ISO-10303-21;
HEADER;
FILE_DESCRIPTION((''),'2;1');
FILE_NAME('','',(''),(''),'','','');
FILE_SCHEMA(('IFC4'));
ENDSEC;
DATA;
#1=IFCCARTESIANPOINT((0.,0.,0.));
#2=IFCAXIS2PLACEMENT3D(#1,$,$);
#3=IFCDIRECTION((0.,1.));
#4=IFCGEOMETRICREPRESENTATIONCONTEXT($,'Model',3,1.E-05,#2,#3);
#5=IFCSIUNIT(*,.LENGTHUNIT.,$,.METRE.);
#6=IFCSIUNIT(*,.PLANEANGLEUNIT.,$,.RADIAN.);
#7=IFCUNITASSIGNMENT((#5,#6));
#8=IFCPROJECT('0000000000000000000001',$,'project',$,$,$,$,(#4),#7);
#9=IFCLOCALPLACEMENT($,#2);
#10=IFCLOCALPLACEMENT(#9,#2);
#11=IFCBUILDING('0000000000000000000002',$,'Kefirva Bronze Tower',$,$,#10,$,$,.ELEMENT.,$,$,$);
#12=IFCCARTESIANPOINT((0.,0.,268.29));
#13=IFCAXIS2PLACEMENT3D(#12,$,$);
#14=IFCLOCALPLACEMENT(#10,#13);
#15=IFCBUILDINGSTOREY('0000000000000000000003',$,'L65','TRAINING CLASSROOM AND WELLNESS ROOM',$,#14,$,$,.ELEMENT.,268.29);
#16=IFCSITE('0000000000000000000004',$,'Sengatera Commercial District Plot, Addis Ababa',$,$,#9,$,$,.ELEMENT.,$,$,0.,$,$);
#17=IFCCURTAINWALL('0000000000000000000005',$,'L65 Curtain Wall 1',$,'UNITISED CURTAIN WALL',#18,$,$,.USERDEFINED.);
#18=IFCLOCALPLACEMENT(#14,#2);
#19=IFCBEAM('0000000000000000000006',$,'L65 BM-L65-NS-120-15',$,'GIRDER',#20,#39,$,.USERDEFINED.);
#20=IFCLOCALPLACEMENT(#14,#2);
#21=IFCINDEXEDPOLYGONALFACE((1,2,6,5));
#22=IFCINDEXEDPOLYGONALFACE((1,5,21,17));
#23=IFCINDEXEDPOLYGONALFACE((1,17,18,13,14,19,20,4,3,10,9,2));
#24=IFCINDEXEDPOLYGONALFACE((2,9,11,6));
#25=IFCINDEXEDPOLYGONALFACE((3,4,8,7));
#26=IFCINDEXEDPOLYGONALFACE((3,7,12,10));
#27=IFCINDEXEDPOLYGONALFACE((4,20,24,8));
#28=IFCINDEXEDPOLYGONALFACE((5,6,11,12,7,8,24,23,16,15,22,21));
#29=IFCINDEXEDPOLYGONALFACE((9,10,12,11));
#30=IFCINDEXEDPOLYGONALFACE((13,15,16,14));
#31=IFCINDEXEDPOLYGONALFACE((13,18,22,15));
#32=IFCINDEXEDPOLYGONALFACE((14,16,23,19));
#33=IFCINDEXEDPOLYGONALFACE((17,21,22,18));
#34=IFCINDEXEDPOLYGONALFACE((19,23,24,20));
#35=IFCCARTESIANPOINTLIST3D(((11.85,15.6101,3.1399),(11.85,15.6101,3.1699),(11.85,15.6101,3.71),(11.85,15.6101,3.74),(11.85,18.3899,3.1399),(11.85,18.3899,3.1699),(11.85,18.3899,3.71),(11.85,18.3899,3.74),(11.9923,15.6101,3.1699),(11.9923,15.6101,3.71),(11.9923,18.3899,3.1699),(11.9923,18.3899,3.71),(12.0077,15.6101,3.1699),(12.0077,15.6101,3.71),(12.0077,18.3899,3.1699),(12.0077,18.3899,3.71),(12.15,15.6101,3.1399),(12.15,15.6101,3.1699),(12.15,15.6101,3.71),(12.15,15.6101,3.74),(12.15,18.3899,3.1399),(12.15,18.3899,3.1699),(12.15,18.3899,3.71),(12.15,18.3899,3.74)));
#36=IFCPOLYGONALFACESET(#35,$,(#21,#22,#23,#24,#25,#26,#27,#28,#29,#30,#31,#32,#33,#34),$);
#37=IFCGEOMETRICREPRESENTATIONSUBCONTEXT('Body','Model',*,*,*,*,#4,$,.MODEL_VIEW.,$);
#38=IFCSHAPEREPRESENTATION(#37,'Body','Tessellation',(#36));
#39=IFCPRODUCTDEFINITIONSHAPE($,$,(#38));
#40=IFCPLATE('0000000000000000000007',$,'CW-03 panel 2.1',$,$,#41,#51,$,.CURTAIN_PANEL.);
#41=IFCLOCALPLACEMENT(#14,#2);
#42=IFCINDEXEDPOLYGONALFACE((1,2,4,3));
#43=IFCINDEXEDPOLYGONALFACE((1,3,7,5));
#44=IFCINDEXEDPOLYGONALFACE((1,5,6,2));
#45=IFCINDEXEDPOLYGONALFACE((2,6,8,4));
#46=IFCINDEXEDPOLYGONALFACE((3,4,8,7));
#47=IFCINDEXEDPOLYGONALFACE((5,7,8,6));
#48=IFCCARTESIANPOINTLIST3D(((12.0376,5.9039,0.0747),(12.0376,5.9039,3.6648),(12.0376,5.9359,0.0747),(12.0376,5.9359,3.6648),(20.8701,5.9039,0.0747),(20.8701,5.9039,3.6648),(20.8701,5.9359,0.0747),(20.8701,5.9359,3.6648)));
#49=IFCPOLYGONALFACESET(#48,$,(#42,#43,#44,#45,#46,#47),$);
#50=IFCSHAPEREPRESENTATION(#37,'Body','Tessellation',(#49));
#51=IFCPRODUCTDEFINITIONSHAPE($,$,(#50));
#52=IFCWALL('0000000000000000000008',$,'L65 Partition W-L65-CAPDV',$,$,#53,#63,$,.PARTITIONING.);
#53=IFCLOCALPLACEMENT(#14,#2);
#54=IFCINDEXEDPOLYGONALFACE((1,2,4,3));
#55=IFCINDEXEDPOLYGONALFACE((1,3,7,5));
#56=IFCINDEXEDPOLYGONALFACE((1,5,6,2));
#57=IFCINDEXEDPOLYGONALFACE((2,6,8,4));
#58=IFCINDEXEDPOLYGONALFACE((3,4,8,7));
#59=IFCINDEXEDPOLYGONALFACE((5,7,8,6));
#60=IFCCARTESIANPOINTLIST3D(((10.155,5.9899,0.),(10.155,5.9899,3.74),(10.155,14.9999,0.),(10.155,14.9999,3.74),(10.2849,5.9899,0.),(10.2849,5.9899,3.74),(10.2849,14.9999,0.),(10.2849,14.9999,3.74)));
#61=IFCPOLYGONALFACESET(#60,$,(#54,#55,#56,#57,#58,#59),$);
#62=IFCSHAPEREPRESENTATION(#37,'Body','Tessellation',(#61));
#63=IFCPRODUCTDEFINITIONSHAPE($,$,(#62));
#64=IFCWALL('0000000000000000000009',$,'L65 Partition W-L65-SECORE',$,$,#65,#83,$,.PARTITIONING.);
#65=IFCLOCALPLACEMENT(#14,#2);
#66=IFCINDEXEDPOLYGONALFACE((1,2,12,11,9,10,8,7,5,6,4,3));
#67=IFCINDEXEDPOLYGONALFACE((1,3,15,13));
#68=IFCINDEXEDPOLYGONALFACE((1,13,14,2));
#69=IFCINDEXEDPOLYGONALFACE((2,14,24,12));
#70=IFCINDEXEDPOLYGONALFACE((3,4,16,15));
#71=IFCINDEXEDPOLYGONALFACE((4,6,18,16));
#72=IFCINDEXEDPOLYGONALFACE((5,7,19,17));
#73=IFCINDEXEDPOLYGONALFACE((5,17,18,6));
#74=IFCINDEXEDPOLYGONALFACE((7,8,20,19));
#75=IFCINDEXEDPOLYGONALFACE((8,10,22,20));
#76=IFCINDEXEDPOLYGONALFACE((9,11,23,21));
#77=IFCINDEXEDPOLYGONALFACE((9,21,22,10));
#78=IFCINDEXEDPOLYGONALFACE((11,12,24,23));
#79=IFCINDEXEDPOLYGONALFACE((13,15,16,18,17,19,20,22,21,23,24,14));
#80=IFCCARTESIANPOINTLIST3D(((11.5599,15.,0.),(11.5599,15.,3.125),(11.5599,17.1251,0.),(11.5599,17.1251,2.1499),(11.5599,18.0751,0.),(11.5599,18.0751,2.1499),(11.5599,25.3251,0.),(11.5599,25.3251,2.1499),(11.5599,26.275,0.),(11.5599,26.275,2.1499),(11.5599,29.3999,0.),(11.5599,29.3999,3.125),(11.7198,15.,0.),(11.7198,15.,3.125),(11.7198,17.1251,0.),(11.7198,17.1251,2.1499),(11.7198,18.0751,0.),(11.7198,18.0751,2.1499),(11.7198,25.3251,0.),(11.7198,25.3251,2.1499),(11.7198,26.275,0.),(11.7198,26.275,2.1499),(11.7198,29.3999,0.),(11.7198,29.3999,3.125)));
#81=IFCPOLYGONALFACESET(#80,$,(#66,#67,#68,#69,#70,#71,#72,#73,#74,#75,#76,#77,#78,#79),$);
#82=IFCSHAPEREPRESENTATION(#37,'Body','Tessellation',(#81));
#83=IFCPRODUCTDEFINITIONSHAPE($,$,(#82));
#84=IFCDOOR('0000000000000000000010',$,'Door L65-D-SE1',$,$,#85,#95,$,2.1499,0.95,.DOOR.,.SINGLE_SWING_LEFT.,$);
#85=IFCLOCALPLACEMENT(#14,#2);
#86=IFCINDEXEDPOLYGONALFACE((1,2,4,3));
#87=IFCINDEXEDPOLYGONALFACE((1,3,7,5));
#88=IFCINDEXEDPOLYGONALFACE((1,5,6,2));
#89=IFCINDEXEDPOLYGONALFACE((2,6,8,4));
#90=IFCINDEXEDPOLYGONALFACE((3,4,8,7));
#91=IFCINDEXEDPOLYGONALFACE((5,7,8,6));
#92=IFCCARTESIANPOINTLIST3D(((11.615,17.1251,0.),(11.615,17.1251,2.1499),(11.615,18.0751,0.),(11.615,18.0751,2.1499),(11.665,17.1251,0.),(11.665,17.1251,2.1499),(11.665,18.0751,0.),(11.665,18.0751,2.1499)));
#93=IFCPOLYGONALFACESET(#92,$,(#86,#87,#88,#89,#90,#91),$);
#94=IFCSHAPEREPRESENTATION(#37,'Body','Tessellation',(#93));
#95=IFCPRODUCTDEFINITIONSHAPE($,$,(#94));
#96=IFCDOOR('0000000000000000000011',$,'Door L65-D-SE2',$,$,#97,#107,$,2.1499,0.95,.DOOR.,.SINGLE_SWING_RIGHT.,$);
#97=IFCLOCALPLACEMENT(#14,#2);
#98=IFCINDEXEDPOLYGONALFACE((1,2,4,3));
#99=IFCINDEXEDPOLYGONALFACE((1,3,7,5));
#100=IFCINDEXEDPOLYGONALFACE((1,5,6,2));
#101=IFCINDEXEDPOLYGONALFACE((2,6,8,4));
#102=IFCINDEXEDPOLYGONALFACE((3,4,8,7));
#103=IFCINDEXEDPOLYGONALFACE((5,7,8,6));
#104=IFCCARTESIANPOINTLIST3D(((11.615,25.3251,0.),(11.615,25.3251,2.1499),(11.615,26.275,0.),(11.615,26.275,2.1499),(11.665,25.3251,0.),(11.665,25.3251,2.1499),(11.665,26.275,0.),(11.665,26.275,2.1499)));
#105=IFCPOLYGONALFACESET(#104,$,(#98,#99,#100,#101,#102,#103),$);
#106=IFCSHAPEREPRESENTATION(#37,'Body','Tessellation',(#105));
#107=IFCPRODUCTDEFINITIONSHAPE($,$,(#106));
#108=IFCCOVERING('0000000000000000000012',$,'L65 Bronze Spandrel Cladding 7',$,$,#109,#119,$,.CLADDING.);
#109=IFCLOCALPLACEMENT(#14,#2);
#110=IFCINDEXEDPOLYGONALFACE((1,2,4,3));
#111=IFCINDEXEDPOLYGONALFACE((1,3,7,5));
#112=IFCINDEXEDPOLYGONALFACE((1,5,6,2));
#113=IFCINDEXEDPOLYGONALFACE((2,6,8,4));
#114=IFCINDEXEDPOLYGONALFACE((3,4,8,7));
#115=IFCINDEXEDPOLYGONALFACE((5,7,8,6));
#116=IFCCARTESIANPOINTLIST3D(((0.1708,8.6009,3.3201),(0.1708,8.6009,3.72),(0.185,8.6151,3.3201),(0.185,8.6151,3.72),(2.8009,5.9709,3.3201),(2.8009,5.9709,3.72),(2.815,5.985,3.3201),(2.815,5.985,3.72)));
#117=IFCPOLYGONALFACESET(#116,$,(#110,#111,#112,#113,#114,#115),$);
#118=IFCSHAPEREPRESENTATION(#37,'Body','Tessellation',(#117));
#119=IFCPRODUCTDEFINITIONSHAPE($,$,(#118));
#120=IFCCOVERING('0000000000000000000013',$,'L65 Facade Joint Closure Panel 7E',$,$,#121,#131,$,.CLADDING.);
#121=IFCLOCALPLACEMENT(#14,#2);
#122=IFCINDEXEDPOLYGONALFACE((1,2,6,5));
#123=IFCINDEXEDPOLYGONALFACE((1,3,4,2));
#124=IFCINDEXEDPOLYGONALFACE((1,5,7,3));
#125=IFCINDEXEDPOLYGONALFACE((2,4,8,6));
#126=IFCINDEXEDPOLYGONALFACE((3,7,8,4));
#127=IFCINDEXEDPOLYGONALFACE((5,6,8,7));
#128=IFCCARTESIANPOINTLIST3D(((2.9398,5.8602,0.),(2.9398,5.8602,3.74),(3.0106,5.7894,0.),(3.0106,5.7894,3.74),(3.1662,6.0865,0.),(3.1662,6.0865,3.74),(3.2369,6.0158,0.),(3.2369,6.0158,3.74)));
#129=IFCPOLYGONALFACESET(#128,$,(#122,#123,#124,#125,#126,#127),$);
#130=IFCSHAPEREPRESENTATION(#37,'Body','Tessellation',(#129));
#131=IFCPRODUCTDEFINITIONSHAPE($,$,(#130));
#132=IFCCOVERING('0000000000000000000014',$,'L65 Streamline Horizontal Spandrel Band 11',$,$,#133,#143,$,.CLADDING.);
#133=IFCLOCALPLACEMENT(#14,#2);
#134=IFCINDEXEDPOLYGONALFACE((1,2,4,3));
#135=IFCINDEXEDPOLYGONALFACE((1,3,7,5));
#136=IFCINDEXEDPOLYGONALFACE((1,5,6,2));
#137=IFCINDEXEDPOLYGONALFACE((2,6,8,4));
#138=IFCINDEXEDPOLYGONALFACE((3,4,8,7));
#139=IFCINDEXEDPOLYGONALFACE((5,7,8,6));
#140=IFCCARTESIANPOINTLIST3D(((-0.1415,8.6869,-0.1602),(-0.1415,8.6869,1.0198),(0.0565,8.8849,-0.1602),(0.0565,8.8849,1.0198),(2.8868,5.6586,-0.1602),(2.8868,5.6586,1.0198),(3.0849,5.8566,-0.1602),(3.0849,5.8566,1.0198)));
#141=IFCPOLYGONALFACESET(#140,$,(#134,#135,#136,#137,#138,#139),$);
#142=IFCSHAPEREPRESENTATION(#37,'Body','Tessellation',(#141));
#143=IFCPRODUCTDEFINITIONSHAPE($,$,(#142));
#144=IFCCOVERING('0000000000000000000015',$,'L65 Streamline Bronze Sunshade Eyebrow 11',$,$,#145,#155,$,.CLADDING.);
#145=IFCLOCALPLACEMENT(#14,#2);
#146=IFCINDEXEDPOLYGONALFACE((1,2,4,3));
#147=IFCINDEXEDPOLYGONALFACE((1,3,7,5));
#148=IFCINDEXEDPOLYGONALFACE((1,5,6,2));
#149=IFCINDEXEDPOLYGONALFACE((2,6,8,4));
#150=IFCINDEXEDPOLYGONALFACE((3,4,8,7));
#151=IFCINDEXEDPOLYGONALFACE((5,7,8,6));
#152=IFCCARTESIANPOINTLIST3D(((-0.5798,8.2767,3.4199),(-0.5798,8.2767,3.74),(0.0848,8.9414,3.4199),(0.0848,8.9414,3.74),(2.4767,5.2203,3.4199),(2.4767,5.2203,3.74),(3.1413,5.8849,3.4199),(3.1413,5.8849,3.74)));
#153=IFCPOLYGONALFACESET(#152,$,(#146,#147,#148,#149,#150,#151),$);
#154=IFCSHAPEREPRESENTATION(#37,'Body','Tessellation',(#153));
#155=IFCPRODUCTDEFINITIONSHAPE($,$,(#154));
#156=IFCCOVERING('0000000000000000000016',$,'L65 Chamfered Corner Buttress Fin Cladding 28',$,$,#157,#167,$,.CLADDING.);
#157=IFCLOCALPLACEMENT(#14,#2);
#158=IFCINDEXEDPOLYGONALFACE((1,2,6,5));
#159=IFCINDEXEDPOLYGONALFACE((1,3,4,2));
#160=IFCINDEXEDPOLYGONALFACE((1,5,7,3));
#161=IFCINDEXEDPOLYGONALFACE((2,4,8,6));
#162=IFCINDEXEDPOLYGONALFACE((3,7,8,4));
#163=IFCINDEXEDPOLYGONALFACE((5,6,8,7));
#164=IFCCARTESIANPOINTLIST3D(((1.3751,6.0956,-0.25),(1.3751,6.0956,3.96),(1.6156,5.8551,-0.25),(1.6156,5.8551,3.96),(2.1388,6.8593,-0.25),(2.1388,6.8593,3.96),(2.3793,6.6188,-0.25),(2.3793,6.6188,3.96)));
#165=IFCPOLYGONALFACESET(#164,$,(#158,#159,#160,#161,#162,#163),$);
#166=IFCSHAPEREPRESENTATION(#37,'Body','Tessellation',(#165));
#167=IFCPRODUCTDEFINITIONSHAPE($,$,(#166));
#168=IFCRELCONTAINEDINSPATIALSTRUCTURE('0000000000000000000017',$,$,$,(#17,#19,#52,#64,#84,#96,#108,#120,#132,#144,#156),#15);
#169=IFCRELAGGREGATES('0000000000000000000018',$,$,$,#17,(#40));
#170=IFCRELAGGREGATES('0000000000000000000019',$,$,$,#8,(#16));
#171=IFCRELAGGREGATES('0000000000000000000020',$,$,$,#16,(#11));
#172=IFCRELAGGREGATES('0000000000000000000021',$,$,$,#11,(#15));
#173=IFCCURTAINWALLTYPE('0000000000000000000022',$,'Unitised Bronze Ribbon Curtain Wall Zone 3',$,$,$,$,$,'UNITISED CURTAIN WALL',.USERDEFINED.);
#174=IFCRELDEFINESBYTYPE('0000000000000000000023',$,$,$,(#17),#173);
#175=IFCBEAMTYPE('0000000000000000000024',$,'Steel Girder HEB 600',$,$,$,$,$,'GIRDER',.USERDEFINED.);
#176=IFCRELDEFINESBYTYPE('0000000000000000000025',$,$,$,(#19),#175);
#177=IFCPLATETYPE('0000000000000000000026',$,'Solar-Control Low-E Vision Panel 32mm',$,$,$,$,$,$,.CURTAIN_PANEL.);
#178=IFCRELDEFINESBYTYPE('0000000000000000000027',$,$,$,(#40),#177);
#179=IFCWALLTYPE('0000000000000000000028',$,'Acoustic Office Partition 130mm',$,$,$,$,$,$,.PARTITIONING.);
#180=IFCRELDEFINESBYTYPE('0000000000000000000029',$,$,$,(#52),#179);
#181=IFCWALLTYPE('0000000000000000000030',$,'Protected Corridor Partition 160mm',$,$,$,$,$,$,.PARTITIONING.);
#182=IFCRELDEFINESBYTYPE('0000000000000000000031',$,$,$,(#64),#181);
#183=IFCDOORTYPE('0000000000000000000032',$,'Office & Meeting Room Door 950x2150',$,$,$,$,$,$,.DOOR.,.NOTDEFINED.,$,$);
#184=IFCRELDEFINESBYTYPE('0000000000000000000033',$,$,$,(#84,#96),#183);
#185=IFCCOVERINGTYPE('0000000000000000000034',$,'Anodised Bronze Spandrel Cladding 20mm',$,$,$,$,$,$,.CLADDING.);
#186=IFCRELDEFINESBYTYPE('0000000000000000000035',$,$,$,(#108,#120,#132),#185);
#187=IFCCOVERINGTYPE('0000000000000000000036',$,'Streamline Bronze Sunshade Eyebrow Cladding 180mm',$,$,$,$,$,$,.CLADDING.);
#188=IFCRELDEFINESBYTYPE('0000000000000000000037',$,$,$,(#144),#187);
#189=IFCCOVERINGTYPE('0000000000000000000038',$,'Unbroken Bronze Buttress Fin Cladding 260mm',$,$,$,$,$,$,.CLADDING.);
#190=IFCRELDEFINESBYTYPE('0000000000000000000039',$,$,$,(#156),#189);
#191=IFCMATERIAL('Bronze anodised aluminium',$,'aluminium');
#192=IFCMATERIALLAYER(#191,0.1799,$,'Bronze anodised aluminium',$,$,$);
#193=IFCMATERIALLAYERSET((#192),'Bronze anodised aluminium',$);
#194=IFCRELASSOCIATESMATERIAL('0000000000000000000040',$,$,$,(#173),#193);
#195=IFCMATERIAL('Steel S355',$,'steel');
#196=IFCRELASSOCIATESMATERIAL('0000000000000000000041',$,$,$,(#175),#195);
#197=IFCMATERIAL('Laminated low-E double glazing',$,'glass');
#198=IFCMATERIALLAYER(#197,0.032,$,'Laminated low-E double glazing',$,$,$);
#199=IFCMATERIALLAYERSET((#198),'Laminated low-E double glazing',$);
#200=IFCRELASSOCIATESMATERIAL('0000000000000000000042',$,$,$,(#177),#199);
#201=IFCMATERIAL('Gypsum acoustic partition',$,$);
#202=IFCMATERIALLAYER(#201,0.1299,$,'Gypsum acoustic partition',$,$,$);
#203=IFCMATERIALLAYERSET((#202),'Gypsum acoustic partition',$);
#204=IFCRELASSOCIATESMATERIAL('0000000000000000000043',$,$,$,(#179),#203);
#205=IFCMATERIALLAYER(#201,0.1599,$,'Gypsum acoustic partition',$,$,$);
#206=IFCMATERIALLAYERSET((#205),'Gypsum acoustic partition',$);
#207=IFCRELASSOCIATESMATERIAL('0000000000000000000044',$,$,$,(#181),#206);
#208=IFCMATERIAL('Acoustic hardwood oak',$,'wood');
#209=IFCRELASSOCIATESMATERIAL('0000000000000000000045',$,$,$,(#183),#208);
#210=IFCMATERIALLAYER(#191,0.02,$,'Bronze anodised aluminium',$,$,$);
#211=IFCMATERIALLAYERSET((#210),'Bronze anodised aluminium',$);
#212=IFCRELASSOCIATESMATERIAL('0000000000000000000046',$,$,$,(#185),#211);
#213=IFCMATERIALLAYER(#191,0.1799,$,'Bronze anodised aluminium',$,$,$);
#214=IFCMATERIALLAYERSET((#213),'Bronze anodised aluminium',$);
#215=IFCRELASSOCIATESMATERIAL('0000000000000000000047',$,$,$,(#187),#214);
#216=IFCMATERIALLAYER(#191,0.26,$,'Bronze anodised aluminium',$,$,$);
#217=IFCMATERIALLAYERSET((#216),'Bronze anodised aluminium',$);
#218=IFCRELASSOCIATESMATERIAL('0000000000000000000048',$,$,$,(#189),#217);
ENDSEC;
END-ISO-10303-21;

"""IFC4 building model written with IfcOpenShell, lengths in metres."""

from ifc_helpers import new_model, si_unit, direction, frame, frame_2d, origin, origin_2d, place, context, subcontext, project, spatial, rectangle, i_section, extrude, material, layer, layer_set, material_profile, profile_set, type_object, element, fill, aggregate, save


model = new_model("IFC4")

# Units and contexts
model_context = context("Model", 3, precision=1e-05, world=origin(), true_north=direction((0.0, 1.0)))
body_context = subcontext(model_context, "Body", "Model", "MODEL_VIEW")
ifc_project = project(units=[si_unit("LENGTHUNIT", "METRE"), si_unit("PLANEANGLEUNIT", "RADIAN")], contexts=[model_context])

# Site, building, storey
site_placement = place(None, origin())
site = spatial("IfcSite", under=ifc_project, at=site_placement, Name="Sengatera Commercial District Plot, Addis Ababa", CompositionType="ELEMENT", RefElevation=0.0)
building_placement = place(site_placement, origin())
building = spatial("IfcBuilding", under=site, at=building_placement, Name="Kefirva Bronze Tower", CompositionType="ELEMENT")
storey_placement = place(building_placement, frame((0.0, 0.0, 268.29)))
storey = spatial("IfcBuildingStorey", under=building, at=storey_placement, Name="L65", Description="TRAINING CLASSROOM AND WELLNESS ROOM", CompositionType="ELEMENT", Elevation=268.29)

# Curtain wall
ifc_material_1 = material(Name="Bronze anodised aluminium", Category="aluminium")
ifc_layer_1 = layer(ifc_material_1, 0.1799, Name="Bronze anodised aluminium")
ifc_layer_set_1 = layer_set([ifc_layer_1], Name="Bronze anodised aluminium")
curtain_wall_type = type_object("IfcCurtainWallType", Name="Unitised Bronze Ribbon Curtain Wall Zone 3", ElementType="UNITISED CURTAIN WALL", PredefinedType="USERDEFINED", material=ifc_layer_set_1)
curtain_wall_placement = place(storey_placement, origin())
curtain_wall = element("IfcCurtainWall", 1, at=curtain_wall_placement, inside=storey, type_object=curtain_wall_type, Name="L65 Curtain Wall 1", ObjectType="UNITISED CURTAIN WALL", PredefinedType="USERDEFINED")

# Beam
ifc_material_2 = material(Name="Steel S355", Category="steel")
ifc_material_profile_1 = material_profile(ifc_material_2, i_section(OverallWidth=0.3, OverallDepth=0.6001, WebThickness=0.0154, FlangeThickness=0.03, at=origin_2d()), Name="HEB 600")
ifc_profile_set_1 = profile_set([ifc_material_profile_1], Name="Steel S355")
beam_type = type_object("IfcBeamType", Name="Steel Girder HEB 600", ElementType="GIRDER", PredefinedType="USERDEFINED", material=ifc_profile_set_1)
beam_1_placement = place(storey_placement, frame((12.0, 15.6101, 3.4399), z_axis=(0.0, 1.0, 0.0), x_axis=(-1.0, 0.0, 0.0)))
element("IfcBeam", 2, at=beam_1_placement, inside=storey, type_object=beam_type, Name="L65 BM-L65-NS-120-15", ObjectType="GIRDER", PredefinedType="USERDEFINED", context=body_context, shape_type="SweptSolid", body=[
    extrude(i_section(OverallWidth=0.3, OverallDepth=0.6001, WebThickness=0.0154, FlangeThickness=0.03, at=origin_2d()), origin(), (0.0, 0.0, 1.0), 2.7798),
])

# Plate
ifc_material_3 = material(Name="Laminated low-E double glazing", Category="glass")
ifc_layer_2 = layer(ifc_material_3, 0.032, Name="Laminated low-E double glazing")
ifc_layer_set_2 = layer_set([ifc_layer_2], Name="Laminated low-E double glazing")
plate_type = type_object("IfcPlateType", Name="Solar-Control Low-E Vision Panel 32mm", PredefinedType="CURTAIN_PANEL", material=ifc_layer_set_2)
plate_placement = place(storey_placement, frame((16.4539, 5.9199, 0.0747), z_axis=(0.0, 0.0, 1.0), x_axis=(1.0, 0.0, 0.0)))
plate = element("IfcPlate", 3, at=plate_placement, type_object=plate_type, Name="CW-03 panel 2.1", PredefinedType="CURTAIN_PANEL", context=body_context, shape_type="SweptSolid", body=[
    extrude(rectangle(XDim=8.8325, YDim=0.032, at=origin_2d()), origin(), (0.0, 0.0, 1.0), 3.5901),
])
aggregate(curtain_wall, [plate])

# Wall
ifc_material_4 = material(Name="Gypsum acoustic partition")
ifc_layer_3 = layer(ifc_material_4, 0.1299, Name="Gypsum acoustic partition")
ifc_layer_set_3 = layer_set([ifc_layer_3], Name="Gypsum acoustic partition")
wall_type_1 = type_object("IfcWallType", Name="Acoustic Office Partition 130mm", PredefinedType="PARTITIONING", material=ifc_layer_set_3)
wall_1_placement = place(storey_placement, frame((10.22, 5.99, 0.0), z_axis=(0.0, 0.0, 1.0), x_axis=(0.0, 1.0, 0.0)))
element("IfcWall", 4, at=wall_1_placement, inside=storey, type_object=wall_type_1, Name="L65 Partition W-L65-CAPDV", PredefinedType="PARTITIONING", context=body_context, shape_type="SweptSolid", body=[
    extrude(rectangle(XDim=9.01, YDim=0.1299, at=frame_2d((4.5049, 0.0))), origin(), (0.0, 0.0, 1.0), 3.74),
])

# Wall, openings, doors
ifc_layer_4 = layer(ifc_material_4, 0.1599, Name="Gypsum acoustic partition")
ifc_layer_set_4 = layer_set([ifc_layer_4], Name="Gypsum acoustic partition")
wall_type_2 = type_object("IfcWallType", Name="Protected Corridor Partition 160mm", PredefinedType="PARTITIONING", material=ifc_layer_set_4)
ifc_material_5 = material(Name="Acoustic hardwood oak", Category="wood")
door_type = type_object("IfcDoorType", Name="Office & Meeting Room Door 950x2150", OperationType="NOTDEFINED", PredefinedType="DOOR", material=ifc_material_5)
wall_2_placement = place(storey_placement, frame((11.6399, 15.0, 0.0), z_axis=(0.0, 0.0, 1.0), x_axis=(0.0, 1.0, 0.0)))
wall_2 = element("IfcWall", 5, at=wall_2_placement, inside=storey, type_object=wall_type_2, Name="L65 Partition W-L65-SECORE", PredefinedType="PARTITIONING", context=body_context, shape_type="SweptSolid", body=[
    extrude(rectangle(XDim=14.3999, YDim=0.1599, at=frame_2d((7.2, 0.0))), origin(), (0.0, 0.0, 1.0), 3.125),
])
opening_1_placement = place(wall_2_placement, frame((2.125, 0.0, 0.0)))
opening_1 = element("IfcOpeningElement", 6, at=opening_1_placement, cuts=wall_2, PredefinedType="OPENING", context=body_context, shape_type="SweptSolid", body=[
    extrude(rectangle(XDim=0.95, YDim=2.1499, at=frame_2d((0.4751, 1.075))), frame((0.0, 0.0898, 0.0), z_axis=(0.0, -1.0, 0.0), x_axis=(1.0, 0.0, 0.0)), (0.0, 0.0, 1.0), 0.1799),
])
opening_2_placement = place(wall_2_placement, frame((10.325, 0.0, 0.0)))
opening_2 = element("IfcOpeningElement", 7, at=opening_2_placement, cuts=wall_2, PredefinedType="OPENING", context=body_context, shape_type="SweptSolid", body=[
    extrude(rectangle(XDim=0.95, YDim=2.1499, at=frame_2d((0.4751, 1.075))), frame((0.0, 0.0898, 0.0), z_axis=(0.0, -1.0, 0.0), x_axis=(1.0, 0.0, 0.0)), (0.0, 0.0, 1.0), 0.1799),
])
door_1_placement = place(opening_1_placement, origin())
door_1 = element("IfcDoor", 8, at=door_1_placement, inside=storey, type_object=door_type, Name="Door L65-D-SE1", OperationType="SINGLE_SWING_LEFT", OverallHeight=2.1499, OverallWidth=0.95, PredefinedType="DOOR", context=body_context, shape_type="SweptSolid", body=[
    extrude(rectangle(XDim=0.95, YDim=2.1499, at=frame_2d((0.4751, 1.075))), frame((0.0, 0.0249, 0.0), z_axis=(0.0, -1.0, 0.0), x_axis=(1.0, 0.0, 0.0)), (0.0, 0.0, 1.0), 0.05),
])
fill(opening_1, door_1)
door_2_placement = place(opening_2_placement, origin())
door_2 = element("IfcDoor", 9, at=door_2_placement, inside=storey, type_object=door_type, Name="Door L65-D-SE2", OperationType="SINGLE_SWING_RIGHT", OverallHeight=2.1499, OverallWidth=0.95, PredefinedType="DOOR", context=body_context, shape_type="SweptSolid", body=[
    extrude(rectangle(XDim=0.95, YDim=2.1499, at=frame_2d((0.4751, 1.075))), frame((0.0, 0.0249, 0.0), z_axis=(0.0, -1.0, 0.0), x_axis=(1.0, 0.0, 0.0)), (0.0, 0.0, 1.0), 0.05),
])
fill(opening_2, door_2)

# Coverings
ifc_layer_5 = layer(ifc_material_1, 0.02, Name="Bronze anodised aluminium")
ifc_layer_set_5 = layer_set([ifc_layer_5], Name="Bronze anodised aluminium")
covering_type_1 = type_object("IfcCoveringType", Name="Anodised Bronze Spandrel Cladding 20mm", PredefinedType="CLADDING", material=ifc_layer_set_5)
covering_1_placement = place(storey_placement, frame((1.4929, 7.293, 3.3201), z_axis=(0.0, 0.0, 1.0), x_axis=(0.707107, -0.707107, 0.0)))
element("IfcCovering", 10, at=covering_1_placement, inside=storey, type_object=covering_type_1, Name="L65 Bronze Spandrel Cladding 7", PredefinedType="CLADDING", context=body_context, shape_type="SweptSolid", body=[
    extrude(rectangle(XDim=3.7195, YDim=0.02, at=origin_2d()), origin(), (0.0, 0.0, 1.0), 0.3999),
])
covering_2_placement = place(storey_placement, frame((3.0884, 5.938, 0.0), z_axis=(0.0, 0.0, 1.0), x_axis=(0.707107, -0.707107, 0.0)))
element("IfcCovering", 11, at=covering_2_placement, inside=storey, type_object=covering_type_1, Name="L65 Facade Joint Closure Panel 7E", PredefinedType="CLADDING", context=body_context, shape_type="SweptSolid", body=[
    extrude(rectangle(XDim=0.1001, YDim=0.3201, at=origin_2d()), origin(), (0.0, 0.0, 1.0), 3.74),
])
covering_3_placement = place(storey_placement, frame((1.4717, 7.2717, -0.1602), z_axis=(0.0, 0.0, 1.0), x_axis=(0.707107, -0.707107, 0.0)))
element("IfcCovering", 12, at=covering_3_placement, inside=storey, type_object=covering_type_1, Name="L65 Streamline Horizontal Spandrel Band 11", PredefinedType="CLADDING", context=body_context, shape_type="SweptSolid", body=[
    extrude(rectangle(XDim=4.2827, YDim=0.28, at=origin_2d()), origin(), (0.0, 0.0, 1.0), 1.1799),
])
ifc_layer_6 = layer(ifc_material_1, 0.1799, Name="Bronze anodised aluminium")
ifc_layer_set_6 = layer_set([ifc_layer_6], Name="Bronze anodised aluminium")
covering_type_2 = type_object("IfcCoveringType", Name="Streamline Bronze Sunshade Eyebrow Cladding 180mm", PredefinedType="CLADDING", material=ifc_layer_set_6)
covering_4_placement = place(storey_placement, frame((1.2808, 7.0808, 3.4199), z_axis=(0.0, 0.0, 1.0), x_axis=(0.707107, -0.707107, 0.0)))
element("IfcCovering", 13, at=covering_4_placement, inside=storey, type_object=covering_type_2, Name="L65 Streamline Bronze Sunshade Eyebrow 11", PredefinedType="CLADDING", context=body_context, shape_type="SweptSolid", body=[
    extrude(rectangle(XDim=4.3225, YDim=0.9399, at=origin_2d()), origin(), (0.0, 0.0, 1.0), 0.3201),
])
ifc_layer_7 = layer(ifc_material_1, 0.26, Name="Bronze anodised aluminium")
ifc_layer_set_7 = layer_set([ifc_layer_7], Name="Bronze anodised aluminium")
covering_type_3 = type_object("IfcCoveringType", Name="Unbroken Bronze Buttress Fin Cladding 260mm", PredefinedType="CLADDING", material=ifc_layer_set_7)
covering_5_placement = place(storey_placement, frame((1.8772, 6.3572, -0.25), z_axis=(0.0, 0.0, 1.0), x_axis=(0.707107, -0.707107, 0.0)))
element("IfcCovering", 14, at=covering_5_placement, inside=storey, type_object=covering_type_3, Name="L65 Chamfered Corner Buttress Fin Cladding 28", PredefinedType="CLADDING", context=body_context, shape_type="SweptSolid", body=[
    extrude(rectangle(XDim=0.3401, YDim=1.0801, at=origin_2d()), origin(), (0.0, 0.0, 1.0), 4.21),
])

save(model, "model.ifc")
